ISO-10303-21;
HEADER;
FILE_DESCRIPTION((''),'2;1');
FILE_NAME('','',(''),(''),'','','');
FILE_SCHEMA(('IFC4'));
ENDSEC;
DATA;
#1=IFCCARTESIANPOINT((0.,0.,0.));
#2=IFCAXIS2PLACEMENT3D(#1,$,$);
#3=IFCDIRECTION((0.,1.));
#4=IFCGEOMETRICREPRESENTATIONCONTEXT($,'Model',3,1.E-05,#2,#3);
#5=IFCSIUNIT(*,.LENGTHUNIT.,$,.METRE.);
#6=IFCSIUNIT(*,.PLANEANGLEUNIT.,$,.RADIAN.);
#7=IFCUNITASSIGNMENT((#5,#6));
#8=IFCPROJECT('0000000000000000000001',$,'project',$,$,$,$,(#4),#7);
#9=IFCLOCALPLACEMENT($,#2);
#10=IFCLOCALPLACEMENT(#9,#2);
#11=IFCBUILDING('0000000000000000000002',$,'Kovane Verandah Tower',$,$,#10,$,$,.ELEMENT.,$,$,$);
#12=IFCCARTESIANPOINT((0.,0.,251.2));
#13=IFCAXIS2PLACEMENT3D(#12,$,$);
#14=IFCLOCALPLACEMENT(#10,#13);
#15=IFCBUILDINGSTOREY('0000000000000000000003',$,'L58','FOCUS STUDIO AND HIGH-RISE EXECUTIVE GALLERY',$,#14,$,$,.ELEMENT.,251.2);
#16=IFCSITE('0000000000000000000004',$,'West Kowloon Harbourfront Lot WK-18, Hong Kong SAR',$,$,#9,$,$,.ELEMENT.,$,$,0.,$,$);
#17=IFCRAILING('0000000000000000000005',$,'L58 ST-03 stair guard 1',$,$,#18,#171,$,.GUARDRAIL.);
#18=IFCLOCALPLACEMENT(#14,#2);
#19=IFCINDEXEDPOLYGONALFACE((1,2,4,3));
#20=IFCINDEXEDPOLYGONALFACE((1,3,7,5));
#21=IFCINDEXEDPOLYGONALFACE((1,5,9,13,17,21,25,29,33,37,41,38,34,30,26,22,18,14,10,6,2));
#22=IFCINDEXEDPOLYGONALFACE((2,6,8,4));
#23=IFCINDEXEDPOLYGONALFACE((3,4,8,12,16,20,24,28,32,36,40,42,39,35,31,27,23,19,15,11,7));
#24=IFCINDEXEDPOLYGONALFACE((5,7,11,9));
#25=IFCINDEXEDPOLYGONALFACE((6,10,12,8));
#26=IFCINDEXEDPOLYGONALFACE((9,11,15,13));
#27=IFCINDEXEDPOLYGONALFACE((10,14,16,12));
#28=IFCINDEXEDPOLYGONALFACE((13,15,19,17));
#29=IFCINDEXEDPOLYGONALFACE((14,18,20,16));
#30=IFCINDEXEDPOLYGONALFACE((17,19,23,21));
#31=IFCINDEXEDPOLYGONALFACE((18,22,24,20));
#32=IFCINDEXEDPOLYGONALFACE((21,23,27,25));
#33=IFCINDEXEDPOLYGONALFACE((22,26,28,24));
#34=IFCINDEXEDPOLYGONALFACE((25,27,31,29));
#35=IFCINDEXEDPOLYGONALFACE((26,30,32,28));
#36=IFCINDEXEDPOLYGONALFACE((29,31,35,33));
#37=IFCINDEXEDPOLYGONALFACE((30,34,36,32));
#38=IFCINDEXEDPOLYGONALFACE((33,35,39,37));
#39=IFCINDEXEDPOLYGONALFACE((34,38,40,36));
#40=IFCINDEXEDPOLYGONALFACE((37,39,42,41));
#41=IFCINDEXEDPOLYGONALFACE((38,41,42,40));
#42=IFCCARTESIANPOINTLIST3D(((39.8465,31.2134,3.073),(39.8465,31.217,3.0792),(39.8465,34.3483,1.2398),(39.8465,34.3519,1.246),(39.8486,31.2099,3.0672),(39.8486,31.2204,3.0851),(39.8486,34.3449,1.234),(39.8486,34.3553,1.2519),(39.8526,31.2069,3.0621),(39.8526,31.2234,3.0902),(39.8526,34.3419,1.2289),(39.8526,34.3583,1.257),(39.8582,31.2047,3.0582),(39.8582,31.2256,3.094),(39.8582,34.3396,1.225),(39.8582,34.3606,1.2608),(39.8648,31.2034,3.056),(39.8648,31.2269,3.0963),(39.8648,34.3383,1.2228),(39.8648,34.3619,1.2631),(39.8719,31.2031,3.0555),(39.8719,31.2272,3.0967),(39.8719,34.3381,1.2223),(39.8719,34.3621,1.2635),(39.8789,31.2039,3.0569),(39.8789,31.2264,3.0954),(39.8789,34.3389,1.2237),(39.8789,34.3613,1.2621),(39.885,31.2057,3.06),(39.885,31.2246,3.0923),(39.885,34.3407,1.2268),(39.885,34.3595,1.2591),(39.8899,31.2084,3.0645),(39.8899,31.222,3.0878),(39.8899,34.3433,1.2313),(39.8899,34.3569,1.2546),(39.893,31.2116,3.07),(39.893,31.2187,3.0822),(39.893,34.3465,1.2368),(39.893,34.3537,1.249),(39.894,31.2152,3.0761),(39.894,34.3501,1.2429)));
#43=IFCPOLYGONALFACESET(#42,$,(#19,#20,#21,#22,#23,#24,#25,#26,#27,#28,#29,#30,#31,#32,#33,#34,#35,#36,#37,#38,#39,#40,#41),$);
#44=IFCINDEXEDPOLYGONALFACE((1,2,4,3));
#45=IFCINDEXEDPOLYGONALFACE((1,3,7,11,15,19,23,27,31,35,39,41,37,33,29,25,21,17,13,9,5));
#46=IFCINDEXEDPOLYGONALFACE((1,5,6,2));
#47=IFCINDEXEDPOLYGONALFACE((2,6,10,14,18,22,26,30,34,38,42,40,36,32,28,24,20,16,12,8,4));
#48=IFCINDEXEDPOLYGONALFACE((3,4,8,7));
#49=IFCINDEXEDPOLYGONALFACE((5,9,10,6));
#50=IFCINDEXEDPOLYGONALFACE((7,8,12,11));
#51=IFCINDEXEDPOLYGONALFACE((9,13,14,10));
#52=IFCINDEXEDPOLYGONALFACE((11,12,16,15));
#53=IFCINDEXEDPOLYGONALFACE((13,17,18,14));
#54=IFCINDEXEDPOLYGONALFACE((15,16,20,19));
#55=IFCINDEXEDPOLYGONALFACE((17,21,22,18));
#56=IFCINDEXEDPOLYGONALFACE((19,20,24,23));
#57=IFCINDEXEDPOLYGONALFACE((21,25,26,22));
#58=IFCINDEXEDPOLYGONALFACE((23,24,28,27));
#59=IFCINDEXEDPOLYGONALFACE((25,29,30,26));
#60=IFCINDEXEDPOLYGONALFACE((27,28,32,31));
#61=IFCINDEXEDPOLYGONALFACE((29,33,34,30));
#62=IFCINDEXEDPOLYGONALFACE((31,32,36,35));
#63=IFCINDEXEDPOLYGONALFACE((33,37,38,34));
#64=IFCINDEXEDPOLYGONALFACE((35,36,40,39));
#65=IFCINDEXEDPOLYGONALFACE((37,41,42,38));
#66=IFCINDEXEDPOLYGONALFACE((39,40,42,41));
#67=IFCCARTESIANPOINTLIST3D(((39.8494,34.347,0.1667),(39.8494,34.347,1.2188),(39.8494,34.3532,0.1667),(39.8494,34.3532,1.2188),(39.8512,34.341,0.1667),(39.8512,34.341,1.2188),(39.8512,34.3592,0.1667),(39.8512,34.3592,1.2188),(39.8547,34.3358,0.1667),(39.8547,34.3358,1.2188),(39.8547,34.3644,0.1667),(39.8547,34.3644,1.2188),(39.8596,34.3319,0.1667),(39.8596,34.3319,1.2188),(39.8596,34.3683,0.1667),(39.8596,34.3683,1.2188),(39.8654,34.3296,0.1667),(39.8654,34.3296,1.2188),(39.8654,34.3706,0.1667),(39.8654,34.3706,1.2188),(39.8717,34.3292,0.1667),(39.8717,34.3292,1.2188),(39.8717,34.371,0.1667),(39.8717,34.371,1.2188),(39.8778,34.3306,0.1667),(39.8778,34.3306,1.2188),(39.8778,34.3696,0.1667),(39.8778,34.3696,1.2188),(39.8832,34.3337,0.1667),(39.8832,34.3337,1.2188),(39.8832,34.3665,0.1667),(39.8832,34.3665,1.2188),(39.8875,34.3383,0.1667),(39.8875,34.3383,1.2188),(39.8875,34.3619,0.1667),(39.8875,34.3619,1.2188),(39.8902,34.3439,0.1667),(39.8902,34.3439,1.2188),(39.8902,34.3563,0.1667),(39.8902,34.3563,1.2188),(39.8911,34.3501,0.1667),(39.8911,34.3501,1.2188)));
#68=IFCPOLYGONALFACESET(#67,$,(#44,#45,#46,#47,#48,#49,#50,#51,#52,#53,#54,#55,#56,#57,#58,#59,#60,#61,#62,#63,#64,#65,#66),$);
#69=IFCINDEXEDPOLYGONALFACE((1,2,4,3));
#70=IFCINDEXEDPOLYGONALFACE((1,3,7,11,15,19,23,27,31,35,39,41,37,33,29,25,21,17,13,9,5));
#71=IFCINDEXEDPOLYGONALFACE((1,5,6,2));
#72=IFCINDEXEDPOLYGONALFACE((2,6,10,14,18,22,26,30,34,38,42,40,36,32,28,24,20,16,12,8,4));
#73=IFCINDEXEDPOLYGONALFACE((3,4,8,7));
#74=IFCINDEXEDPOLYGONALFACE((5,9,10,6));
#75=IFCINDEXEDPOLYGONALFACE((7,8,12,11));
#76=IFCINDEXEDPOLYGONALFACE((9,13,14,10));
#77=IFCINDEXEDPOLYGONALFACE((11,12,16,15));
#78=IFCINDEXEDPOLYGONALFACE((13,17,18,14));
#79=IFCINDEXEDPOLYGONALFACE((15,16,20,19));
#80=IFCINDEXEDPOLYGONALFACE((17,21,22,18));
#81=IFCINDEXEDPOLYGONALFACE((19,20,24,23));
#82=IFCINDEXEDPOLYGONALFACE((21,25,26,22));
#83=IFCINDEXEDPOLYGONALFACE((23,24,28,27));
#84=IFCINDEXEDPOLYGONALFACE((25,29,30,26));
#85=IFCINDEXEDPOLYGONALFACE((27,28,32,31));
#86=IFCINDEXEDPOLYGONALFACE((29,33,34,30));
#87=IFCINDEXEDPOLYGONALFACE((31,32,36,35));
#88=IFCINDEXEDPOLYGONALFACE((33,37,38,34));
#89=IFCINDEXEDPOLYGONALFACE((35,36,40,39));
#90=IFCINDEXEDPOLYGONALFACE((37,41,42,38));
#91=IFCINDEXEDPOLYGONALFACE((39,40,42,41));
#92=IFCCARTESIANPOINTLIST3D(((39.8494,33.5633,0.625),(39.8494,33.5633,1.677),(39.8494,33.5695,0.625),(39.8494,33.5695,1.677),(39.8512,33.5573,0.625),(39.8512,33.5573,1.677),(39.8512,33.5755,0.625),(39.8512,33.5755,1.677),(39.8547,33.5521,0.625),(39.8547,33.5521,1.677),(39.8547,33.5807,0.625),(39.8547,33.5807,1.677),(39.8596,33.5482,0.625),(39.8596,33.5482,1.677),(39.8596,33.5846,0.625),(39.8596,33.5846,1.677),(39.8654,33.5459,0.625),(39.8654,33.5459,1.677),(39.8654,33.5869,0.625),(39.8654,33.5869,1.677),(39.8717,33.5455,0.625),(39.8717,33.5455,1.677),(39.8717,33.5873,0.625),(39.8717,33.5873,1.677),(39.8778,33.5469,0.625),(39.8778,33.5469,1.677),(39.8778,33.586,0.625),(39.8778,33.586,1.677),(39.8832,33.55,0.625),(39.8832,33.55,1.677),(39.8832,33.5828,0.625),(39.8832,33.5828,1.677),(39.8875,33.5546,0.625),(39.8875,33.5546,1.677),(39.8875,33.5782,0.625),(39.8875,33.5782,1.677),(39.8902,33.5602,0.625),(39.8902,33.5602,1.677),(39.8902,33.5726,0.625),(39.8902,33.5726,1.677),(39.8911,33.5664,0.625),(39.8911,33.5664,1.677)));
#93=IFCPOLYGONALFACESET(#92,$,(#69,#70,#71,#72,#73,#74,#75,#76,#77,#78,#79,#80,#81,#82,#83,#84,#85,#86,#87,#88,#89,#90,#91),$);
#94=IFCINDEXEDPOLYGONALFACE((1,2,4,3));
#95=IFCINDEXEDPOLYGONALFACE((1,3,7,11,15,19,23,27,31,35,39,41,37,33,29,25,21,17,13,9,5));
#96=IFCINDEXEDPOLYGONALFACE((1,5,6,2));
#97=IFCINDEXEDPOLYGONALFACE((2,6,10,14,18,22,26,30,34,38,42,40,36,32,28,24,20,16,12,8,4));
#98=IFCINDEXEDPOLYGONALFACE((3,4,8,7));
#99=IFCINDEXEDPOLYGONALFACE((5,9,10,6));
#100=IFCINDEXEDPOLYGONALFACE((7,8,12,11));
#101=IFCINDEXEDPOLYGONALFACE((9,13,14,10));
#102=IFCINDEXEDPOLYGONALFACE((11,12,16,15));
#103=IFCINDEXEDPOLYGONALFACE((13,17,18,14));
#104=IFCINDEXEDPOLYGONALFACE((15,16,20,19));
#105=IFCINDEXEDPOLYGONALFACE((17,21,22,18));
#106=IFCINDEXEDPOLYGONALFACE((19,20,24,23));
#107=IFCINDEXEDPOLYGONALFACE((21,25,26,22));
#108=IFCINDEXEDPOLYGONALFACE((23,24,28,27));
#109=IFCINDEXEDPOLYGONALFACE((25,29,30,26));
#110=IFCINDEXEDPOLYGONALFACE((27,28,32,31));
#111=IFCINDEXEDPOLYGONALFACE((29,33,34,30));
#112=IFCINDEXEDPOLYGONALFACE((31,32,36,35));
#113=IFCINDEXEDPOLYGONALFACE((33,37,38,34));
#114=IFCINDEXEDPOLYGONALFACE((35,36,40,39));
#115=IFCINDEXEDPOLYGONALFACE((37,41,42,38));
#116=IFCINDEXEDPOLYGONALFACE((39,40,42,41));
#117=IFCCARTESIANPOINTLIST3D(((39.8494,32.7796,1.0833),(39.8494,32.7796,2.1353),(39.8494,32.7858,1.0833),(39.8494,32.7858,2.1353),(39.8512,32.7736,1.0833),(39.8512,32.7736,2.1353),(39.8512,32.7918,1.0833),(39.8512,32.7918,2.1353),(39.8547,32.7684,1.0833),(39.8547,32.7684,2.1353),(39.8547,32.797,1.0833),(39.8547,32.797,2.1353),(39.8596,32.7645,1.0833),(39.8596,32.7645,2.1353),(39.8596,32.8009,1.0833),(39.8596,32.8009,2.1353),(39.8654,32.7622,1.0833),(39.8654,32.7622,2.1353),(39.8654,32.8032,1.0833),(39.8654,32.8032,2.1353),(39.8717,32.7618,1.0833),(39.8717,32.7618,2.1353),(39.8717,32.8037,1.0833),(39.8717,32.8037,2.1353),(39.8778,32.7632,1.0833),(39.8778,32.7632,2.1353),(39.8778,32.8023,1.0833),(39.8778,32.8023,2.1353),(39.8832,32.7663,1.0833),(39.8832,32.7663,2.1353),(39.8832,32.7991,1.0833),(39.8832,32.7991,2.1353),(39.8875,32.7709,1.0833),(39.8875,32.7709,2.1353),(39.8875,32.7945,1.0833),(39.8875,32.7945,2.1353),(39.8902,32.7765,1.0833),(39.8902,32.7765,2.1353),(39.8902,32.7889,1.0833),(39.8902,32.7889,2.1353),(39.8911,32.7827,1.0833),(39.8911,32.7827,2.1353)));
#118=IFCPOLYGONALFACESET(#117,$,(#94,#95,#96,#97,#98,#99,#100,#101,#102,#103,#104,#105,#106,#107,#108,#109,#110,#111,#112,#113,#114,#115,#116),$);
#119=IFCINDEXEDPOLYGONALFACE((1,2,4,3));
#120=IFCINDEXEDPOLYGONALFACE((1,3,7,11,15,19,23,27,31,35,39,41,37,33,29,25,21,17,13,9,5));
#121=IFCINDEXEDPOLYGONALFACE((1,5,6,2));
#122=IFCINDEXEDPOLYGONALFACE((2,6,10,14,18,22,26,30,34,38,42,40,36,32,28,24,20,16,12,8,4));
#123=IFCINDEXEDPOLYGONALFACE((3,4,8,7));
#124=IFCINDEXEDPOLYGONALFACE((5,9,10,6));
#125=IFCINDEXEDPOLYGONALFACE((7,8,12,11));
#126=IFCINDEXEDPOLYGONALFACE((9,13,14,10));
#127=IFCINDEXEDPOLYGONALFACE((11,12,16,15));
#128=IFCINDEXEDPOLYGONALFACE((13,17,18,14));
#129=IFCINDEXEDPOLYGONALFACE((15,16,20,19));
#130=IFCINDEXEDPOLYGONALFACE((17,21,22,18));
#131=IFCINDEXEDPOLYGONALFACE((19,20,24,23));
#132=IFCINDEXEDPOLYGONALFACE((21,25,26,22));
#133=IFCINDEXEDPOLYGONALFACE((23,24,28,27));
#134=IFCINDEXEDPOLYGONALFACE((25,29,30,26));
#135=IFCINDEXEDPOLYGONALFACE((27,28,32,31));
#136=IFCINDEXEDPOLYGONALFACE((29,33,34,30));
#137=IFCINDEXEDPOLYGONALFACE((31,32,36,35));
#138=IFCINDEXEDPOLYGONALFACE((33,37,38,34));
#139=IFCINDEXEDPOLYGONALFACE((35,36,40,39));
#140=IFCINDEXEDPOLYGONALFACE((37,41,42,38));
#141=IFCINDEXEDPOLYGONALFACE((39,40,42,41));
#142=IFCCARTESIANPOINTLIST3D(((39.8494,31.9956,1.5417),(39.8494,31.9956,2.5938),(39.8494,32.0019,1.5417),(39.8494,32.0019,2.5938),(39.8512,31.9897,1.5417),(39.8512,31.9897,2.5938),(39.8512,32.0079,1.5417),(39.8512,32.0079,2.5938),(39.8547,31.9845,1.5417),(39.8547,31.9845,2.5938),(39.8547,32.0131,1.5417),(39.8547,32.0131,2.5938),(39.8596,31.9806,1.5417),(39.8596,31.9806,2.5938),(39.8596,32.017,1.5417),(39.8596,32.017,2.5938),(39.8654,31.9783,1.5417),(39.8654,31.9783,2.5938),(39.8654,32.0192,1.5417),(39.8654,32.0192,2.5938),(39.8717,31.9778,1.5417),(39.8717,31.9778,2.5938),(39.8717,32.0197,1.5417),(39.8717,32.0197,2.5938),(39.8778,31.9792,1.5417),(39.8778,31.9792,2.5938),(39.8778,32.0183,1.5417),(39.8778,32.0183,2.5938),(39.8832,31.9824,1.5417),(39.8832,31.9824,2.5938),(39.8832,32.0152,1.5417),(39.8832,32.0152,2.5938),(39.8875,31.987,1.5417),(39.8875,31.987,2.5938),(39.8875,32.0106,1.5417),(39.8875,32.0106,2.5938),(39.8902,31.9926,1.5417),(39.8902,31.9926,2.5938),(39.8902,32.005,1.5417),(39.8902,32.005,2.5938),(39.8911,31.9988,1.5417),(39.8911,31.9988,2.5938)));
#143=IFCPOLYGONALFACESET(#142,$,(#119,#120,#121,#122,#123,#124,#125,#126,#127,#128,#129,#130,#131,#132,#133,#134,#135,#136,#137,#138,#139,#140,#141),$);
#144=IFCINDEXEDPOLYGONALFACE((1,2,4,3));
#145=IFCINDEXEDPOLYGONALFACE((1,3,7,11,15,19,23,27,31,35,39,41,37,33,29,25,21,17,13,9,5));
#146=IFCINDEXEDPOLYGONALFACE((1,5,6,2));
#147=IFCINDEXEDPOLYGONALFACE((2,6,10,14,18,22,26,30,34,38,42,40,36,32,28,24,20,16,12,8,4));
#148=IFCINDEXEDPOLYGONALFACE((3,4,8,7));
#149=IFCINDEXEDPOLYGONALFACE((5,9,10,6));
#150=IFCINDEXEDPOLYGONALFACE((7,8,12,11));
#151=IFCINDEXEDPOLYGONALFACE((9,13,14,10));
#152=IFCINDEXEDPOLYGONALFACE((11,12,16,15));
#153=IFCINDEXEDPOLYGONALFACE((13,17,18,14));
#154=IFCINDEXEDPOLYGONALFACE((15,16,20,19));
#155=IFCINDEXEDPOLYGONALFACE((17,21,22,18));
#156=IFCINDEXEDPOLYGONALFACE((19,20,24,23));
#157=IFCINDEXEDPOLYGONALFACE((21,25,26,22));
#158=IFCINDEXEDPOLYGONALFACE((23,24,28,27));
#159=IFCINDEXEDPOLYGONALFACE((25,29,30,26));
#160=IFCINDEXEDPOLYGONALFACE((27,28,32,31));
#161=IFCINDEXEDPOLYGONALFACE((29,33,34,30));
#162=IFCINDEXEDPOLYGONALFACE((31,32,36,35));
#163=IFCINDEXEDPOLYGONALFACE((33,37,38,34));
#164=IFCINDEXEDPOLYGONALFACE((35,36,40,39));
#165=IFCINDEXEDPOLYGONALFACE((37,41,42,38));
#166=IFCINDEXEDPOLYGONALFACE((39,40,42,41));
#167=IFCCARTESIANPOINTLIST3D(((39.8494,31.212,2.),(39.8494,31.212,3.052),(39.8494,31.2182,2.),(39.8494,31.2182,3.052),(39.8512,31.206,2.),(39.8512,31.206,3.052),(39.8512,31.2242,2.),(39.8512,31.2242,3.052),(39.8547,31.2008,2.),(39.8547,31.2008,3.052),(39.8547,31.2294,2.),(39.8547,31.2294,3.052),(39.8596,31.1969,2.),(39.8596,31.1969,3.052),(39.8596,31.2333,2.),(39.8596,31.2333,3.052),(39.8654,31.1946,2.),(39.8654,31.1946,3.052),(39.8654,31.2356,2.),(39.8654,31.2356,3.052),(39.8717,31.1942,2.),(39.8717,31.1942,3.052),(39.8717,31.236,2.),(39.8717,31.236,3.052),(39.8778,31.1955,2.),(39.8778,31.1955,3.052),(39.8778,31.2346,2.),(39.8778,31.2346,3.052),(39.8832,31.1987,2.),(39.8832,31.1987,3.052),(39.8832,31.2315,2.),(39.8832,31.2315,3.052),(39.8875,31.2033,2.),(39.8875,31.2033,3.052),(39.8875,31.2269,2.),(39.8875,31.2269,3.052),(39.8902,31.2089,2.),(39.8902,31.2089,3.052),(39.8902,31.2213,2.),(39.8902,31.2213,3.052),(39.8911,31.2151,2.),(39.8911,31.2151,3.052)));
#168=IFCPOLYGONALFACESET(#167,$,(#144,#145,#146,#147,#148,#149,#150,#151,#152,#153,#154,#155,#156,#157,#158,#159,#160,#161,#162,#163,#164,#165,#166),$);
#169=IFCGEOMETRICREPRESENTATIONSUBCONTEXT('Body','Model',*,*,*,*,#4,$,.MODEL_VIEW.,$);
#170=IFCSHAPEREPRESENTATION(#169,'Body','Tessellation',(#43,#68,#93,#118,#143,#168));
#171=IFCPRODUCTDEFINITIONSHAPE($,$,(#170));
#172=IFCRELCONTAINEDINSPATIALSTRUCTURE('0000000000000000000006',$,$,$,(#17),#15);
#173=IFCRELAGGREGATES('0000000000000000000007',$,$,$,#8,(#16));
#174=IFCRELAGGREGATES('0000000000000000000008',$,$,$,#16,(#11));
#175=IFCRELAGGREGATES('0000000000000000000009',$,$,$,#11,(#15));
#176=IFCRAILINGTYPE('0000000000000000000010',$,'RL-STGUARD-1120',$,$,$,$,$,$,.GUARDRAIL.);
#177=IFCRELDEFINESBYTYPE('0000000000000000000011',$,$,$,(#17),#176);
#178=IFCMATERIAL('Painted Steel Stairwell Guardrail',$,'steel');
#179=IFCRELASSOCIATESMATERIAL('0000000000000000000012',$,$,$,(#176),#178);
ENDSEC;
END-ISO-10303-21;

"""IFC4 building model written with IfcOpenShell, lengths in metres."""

from ifc_helpers import new_model, si_unit, direction, frame, origin, origin_2d, place, context, subcontext, project, spatial, circle, extrude, material, type_object, element, save


model = new_model("IFC4")

# Units and contexts
model_context = context("Model", 3, precision=1e-05, world=origin(), true_north=direction((0.0, 1.0)))
body_context = subcontext(model_context, "Body", "Model", "MODEL_VIEW")
ifc_project = project(units=[si_unit("LENGTHUNIT", "METRE"), si_unit("PLANEANGLEUNIT", "RADIAN")], contexts=[model_context])

# Site, building, storey
site_placement = place(None, origin())
site = spatial("IfcSite", under=ifc_project, at=site_placement, Name="West Kowloon Harbourfront Lot WK-18, Hong Kong SAR", CompositionType="ELEMENT", RefElevation=0.0)
building_placement = place(site_placement, origin())
building = spatial("IfcBuilding", under=site, at=building_placement, Name="Kovane Verandah Tower", CompositionType="ELEMENT")
storey_placement = place(building_placement, frame((0.0, 0.0, 251.2)))
storey = spatial("IfcBuildingStorey", under=building, at=storey_placement, Name="L58", Description="FOCUS STUDIO AND HIGH-RISE EXECUTIVE GALLERY", CompositionType="ELEMENT", Elevation=251.2)

# Railing
ifc_material_1 = material(Name="Painted Steel Stairwell Guardrail", Category="steel")
railing_type_1 = type_object("IfcRailingType", Name="RL-STGUARD-1120", PredefinedType="GUARDRAIL", material=ifc_material_1)
for number, where, name in (
    (1, (39.8701, 34.3501, 0.1667), "L58 ST-03 stair guard 1"),
):
    element("IfcRailing", number, at=place(storey_placement, frame(where)), inside=storey, type_object=railing_type_1, Name=name, PredefinedType="GUARDRAIL", context=body_context, shape_type="SweptSolid", body=[
        extrude(circle(Radius=0.0239, at=origin_2d()), frame((0.0, 0.0, 1.0762), z_axis=(0.0, -0.86324, 0.504794), x_axis=(1.0, 0.0, 0.0)), (0.0, 0.0, 1.0), 3.6316),
        extrude(circle(Radius=0.021, at=origin_2d()), origin(), (0.0, 0.0, 1.0), 1.052),
        extrude(circle(Radius=0.021, at=origin_2d()), frame((0.0, -0.7837, 0.4583)), (0.0, 0.0, 1.0), 1.052),
        extrude(circle(Radius=0.021, at=origin_2d()), frame((0.0, -1.5674, 0.9165)), (0.0, 0.0, 1.0), 1.052),
        extrude(circle(Radius=0.021, at=origin_2d()), frame((0.0, -2.3513, 1.375)), (0.0, 0.0, 1.0), 1.052),
        extrude(circle(Radius=0.021, at=origin_2d()), frame((0.0, -3.135, 1.8333)), (0.0, 0.0, 1.0), 1.052),
    ])

save(model, "model.ifc")
